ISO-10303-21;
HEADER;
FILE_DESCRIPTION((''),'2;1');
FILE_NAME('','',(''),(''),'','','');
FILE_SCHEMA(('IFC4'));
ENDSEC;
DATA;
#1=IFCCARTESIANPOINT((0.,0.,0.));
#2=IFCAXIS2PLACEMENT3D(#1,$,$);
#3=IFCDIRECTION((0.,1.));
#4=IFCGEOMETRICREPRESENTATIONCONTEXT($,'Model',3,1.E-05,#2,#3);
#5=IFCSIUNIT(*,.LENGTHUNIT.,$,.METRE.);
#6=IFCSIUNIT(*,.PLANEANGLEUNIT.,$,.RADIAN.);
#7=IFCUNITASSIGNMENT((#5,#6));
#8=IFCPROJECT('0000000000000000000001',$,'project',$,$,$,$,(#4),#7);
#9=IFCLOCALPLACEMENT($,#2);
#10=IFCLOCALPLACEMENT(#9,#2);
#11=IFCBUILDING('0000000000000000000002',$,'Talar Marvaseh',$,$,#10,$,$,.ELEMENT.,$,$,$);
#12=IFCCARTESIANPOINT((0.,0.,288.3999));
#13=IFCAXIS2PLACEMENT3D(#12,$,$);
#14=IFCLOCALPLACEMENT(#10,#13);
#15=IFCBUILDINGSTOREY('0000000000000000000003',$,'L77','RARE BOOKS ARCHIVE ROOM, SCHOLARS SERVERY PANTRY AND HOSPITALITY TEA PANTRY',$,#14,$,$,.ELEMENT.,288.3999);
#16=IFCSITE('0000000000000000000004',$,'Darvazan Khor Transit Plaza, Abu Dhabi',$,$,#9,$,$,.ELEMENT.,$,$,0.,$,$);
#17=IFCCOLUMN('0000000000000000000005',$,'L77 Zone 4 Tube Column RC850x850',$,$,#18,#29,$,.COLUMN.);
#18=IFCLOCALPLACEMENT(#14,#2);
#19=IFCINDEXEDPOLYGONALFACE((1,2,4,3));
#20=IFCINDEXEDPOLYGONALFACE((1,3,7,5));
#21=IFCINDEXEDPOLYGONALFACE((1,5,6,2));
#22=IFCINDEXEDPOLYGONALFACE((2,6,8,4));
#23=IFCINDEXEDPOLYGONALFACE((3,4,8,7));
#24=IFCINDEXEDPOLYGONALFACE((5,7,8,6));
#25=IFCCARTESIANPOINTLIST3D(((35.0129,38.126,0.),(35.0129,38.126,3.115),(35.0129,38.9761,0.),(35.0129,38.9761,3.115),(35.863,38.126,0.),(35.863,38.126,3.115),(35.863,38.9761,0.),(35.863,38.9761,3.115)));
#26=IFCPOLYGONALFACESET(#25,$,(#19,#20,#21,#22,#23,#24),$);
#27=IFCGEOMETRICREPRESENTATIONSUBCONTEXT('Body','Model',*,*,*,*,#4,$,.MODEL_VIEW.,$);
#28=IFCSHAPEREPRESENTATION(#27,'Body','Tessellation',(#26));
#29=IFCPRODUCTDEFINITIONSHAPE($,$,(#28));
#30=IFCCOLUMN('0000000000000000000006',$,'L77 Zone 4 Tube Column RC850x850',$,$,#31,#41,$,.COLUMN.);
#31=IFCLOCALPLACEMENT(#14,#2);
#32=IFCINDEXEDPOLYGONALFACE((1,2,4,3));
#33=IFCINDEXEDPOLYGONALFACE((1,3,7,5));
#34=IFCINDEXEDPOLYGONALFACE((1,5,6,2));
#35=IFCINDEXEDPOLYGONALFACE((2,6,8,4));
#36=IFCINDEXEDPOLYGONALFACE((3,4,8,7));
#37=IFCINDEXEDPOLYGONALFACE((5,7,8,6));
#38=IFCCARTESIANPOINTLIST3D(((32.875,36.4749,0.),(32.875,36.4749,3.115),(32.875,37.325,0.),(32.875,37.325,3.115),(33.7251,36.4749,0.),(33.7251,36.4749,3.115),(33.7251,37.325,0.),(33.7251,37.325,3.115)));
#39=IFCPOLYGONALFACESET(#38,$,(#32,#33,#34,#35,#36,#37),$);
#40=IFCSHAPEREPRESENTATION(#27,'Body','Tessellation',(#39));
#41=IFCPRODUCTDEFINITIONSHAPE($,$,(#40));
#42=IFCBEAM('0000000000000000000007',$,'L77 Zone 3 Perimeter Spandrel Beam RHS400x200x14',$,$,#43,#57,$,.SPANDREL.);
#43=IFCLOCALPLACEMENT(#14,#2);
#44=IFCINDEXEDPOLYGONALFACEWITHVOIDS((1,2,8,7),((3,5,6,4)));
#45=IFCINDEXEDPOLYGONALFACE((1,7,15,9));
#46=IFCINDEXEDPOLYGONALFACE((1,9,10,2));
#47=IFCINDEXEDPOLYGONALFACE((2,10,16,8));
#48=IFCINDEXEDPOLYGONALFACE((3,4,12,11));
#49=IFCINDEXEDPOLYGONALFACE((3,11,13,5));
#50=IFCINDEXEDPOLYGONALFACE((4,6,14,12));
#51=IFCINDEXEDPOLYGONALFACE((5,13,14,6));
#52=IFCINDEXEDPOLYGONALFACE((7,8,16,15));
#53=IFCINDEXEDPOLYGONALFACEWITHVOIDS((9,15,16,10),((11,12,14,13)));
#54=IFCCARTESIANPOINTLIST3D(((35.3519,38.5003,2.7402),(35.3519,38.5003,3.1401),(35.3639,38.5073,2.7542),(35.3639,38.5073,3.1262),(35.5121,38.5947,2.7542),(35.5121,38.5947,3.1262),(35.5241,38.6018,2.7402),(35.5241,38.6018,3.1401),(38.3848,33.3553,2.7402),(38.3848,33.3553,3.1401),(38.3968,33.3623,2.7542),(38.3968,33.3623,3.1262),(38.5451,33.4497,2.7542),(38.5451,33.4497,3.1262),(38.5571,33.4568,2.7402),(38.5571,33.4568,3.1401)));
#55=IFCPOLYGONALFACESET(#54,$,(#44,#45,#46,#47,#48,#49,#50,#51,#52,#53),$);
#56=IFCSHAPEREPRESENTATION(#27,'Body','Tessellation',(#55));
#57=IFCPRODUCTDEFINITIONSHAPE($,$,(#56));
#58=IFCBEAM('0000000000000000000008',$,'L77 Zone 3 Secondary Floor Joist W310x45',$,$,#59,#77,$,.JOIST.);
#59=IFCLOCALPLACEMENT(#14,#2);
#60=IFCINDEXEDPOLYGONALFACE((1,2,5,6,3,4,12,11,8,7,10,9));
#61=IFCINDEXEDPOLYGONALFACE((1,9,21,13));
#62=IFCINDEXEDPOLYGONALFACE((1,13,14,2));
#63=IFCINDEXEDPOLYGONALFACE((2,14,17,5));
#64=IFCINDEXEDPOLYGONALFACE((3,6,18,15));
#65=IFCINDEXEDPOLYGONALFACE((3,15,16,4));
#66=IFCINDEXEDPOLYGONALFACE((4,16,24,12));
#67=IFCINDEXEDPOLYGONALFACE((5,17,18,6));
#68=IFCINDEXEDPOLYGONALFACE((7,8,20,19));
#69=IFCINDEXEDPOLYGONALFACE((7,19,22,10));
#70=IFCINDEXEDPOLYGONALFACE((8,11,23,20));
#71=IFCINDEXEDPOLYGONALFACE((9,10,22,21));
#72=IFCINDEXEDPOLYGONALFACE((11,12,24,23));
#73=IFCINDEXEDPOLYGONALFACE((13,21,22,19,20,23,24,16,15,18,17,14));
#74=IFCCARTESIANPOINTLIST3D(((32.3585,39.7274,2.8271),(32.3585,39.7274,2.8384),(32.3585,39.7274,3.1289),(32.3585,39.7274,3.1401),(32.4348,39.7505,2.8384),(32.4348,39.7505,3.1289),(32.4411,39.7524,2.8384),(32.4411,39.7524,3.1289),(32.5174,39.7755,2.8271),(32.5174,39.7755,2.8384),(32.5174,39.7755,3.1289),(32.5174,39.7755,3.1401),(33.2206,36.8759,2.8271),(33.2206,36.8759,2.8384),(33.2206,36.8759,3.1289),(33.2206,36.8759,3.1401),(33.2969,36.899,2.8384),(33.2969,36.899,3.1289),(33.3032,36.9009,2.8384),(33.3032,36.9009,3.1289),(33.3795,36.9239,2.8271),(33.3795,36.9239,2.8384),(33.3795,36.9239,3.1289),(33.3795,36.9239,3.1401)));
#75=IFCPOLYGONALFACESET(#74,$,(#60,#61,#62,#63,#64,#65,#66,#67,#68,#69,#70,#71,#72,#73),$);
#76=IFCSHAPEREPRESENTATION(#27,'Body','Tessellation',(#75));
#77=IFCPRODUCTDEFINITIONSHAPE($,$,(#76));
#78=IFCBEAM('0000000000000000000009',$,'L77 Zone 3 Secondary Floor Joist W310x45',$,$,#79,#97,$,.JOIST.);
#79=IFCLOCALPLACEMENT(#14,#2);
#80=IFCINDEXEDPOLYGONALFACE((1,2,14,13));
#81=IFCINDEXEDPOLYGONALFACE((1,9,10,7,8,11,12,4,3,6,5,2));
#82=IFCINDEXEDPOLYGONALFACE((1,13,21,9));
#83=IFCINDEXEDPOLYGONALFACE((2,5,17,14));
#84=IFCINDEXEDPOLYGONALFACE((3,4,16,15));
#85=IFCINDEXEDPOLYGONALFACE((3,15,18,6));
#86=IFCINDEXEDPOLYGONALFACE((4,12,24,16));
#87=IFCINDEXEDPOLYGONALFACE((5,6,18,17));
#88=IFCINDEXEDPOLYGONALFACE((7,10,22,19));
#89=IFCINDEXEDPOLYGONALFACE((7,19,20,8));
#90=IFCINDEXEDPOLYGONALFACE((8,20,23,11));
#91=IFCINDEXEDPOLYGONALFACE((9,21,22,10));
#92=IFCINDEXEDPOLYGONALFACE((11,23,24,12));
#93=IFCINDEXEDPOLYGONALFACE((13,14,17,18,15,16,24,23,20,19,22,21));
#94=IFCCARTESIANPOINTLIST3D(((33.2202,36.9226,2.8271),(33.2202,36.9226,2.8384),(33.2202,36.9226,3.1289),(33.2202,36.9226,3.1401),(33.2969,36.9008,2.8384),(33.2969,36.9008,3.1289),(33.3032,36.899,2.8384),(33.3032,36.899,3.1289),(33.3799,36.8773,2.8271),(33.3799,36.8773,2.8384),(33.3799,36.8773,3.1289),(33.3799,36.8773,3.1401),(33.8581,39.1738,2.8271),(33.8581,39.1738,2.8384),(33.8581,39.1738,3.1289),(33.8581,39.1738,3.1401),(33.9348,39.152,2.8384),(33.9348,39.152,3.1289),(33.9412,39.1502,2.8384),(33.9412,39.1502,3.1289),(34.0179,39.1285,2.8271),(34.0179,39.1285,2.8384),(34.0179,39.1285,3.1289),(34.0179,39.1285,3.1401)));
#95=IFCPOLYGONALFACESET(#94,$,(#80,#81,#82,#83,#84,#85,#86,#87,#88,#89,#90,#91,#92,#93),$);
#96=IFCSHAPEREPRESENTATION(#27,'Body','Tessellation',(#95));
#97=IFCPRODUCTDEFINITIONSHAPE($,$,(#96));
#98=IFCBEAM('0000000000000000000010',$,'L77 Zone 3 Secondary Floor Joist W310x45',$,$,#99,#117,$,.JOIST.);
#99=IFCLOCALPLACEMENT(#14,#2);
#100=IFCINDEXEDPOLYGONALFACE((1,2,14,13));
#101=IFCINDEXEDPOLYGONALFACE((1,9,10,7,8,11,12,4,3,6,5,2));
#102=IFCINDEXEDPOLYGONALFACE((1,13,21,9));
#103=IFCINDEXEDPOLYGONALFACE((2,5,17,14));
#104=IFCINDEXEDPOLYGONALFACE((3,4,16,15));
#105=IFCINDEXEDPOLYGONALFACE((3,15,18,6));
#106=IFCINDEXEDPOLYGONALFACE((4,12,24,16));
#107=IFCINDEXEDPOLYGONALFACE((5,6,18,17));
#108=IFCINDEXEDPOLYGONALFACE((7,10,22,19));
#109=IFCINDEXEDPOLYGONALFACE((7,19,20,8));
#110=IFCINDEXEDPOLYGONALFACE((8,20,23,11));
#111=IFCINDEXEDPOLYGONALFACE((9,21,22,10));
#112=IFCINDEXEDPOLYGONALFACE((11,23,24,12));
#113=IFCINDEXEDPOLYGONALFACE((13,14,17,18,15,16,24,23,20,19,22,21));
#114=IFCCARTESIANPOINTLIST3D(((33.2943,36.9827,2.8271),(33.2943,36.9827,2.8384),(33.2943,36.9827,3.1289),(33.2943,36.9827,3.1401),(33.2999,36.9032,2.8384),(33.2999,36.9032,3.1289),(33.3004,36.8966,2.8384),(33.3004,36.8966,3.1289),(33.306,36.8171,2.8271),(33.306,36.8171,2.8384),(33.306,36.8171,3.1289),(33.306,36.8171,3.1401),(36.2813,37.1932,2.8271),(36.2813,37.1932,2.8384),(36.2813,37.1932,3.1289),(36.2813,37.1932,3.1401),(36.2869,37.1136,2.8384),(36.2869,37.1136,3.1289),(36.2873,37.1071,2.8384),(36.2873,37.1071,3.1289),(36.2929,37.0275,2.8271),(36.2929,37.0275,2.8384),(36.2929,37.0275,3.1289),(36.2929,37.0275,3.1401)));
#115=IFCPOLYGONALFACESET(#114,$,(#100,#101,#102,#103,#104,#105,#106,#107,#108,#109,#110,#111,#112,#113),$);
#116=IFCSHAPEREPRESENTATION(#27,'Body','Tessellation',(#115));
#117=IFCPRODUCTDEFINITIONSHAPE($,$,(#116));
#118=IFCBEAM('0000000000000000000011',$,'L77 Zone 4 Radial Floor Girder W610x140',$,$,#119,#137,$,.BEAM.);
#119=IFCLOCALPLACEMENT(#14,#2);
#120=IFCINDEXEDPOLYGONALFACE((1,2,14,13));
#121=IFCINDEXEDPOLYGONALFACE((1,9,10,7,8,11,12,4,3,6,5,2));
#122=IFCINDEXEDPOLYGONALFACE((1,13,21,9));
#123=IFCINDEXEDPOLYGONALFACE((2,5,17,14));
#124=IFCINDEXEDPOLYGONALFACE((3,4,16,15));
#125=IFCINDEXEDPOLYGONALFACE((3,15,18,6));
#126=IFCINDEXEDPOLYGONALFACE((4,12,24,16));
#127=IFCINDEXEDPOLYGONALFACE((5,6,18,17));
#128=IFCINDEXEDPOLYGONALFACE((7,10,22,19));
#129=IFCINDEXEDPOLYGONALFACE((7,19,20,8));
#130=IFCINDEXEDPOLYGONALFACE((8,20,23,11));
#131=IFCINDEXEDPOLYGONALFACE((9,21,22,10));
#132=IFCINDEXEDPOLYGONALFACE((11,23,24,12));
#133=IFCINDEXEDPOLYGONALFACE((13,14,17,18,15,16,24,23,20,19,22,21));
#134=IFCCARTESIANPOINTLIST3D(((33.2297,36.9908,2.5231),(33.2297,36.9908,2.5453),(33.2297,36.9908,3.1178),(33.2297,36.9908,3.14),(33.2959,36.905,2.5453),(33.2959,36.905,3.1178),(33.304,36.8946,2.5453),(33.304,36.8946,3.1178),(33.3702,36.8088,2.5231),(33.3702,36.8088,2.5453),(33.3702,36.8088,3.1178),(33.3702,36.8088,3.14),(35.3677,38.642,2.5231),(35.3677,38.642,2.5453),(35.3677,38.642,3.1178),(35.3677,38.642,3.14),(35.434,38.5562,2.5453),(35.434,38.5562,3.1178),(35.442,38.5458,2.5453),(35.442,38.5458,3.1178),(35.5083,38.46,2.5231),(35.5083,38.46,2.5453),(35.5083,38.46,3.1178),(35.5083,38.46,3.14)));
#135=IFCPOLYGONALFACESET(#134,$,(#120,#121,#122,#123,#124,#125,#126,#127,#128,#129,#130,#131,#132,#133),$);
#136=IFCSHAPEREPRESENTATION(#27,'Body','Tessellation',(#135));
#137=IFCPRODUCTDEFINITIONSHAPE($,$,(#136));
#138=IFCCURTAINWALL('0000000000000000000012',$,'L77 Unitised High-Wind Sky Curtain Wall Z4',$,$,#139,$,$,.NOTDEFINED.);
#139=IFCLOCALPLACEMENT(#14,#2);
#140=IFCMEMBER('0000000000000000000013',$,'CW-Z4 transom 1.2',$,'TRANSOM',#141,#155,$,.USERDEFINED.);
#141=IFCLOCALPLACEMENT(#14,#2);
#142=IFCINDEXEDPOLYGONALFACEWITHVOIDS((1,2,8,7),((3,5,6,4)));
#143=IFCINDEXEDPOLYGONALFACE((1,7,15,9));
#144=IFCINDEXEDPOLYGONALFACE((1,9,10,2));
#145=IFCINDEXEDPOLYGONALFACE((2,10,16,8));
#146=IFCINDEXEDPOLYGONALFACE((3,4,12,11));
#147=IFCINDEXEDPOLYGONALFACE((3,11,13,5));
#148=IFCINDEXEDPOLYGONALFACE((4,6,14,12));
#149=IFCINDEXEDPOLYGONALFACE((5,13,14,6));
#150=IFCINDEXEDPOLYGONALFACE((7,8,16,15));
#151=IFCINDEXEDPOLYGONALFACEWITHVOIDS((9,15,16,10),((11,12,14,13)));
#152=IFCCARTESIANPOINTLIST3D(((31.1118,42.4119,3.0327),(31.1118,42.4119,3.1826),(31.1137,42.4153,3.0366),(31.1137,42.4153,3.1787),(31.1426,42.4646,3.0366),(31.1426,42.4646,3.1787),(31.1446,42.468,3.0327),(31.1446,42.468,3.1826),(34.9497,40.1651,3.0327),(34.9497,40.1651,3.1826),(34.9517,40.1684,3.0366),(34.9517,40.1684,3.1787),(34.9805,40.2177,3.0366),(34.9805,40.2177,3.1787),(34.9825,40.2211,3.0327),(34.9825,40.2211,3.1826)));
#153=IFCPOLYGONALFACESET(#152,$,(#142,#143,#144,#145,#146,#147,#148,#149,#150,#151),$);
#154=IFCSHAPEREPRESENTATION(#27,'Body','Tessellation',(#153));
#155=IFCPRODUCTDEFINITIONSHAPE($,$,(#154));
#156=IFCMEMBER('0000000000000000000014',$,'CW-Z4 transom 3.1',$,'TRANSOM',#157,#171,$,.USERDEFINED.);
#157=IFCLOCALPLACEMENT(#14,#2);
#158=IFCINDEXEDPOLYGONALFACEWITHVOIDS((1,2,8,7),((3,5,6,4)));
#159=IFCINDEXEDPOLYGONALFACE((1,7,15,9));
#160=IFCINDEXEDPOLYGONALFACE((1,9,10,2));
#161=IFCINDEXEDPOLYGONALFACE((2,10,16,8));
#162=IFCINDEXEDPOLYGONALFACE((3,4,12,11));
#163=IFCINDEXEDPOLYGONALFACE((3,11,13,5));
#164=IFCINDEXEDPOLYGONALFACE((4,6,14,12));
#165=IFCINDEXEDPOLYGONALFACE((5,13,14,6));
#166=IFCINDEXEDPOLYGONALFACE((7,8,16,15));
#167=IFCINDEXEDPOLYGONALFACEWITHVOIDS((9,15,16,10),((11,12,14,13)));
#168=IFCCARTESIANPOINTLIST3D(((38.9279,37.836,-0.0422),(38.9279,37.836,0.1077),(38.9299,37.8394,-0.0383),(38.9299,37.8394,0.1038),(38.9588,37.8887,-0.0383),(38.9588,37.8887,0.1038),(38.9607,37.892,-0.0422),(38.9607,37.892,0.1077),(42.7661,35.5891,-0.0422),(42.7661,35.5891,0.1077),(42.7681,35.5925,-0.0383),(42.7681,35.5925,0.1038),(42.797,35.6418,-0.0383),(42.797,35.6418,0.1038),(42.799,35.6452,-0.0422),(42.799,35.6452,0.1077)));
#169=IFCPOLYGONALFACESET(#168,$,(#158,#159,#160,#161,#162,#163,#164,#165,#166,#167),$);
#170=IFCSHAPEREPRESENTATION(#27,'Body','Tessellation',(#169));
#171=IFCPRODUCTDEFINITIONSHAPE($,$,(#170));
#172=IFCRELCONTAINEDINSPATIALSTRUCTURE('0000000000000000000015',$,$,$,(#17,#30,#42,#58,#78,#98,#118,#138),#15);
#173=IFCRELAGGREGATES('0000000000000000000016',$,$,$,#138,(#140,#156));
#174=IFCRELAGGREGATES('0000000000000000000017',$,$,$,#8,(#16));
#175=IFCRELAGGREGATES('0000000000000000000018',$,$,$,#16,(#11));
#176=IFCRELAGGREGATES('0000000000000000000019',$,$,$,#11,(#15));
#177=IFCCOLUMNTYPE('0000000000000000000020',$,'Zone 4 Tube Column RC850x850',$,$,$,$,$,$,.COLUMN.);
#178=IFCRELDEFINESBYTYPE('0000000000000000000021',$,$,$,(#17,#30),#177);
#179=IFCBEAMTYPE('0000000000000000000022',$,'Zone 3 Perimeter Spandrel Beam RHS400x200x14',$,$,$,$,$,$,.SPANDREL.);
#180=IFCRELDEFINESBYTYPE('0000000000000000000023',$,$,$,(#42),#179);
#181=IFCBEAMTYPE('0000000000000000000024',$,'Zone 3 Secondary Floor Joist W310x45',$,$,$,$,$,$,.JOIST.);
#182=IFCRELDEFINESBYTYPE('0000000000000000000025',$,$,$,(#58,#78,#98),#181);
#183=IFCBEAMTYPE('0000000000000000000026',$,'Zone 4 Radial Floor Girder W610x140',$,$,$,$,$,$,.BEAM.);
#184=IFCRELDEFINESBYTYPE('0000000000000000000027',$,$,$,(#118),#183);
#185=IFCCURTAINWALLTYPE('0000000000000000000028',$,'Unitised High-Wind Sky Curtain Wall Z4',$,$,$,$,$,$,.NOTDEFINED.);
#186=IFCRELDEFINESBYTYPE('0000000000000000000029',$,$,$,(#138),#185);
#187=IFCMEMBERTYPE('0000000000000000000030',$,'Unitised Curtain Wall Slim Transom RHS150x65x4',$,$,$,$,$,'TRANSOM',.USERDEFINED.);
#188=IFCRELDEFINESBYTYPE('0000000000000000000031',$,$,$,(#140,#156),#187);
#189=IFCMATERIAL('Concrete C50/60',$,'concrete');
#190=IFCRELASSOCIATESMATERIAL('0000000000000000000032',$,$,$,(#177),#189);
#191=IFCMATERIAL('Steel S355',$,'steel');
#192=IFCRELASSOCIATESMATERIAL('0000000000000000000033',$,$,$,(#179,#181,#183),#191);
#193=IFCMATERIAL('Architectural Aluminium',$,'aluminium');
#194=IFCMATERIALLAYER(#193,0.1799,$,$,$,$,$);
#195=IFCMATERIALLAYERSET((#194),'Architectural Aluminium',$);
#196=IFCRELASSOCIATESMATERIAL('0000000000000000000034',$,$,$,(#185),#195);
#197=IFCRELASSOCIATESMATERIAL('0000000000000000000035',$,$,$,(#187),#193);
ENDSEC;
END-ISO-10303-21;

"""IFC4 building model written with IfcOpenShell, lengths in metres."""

from ifc_helpers import new_model, si_unit, direction, frame, origin, origin_2d, place, context, subcontext, project, spatial, rectangle, hollow_rectangle, i_section, extrude, source, transform, mapped, material, layer, layer_set, material_profile, profile_set, type_object, element, aggregate, save


model = new_model("IFC4")

# Units and contexts
model_context = context("Model", 3, precision=1e-05, world=origin(), true_north=direction((0.0, 1.0)))
body_context = subcontext(model_context, "Body", "Model", "MODEL_VIEW")
ifc_project = project(units=[si_unit("LENGTHUNIT", "METRE"), si_unit("PLANEANGLEUNIT", "RADIAN")], contexts=[model_context])

# Site, building, storey
site_placement = place(None, origin())
site = spatial("IfcSite", under=ifc_project, at=site_placement, Name="Darvazan Khor Transit Plaza, Abu Dhabi", CompositionType="ELEMENT", RefElevation=0.0)
building_placement = place(site_placement, origin())
building = spatial("IfcBuilding", under=site, at=building_placement, Name="Talar Marvaseh", CompositionType="ELEMENT")
storey_placement = place(building_placement, frame((0.0, 0.0, 288.3999)))
storey = spatial("IfcBuildingStorey", under=building, at=storey_placement, Name="L77", Description="RARE BOOKS ARCHIVE ROOM, SCHOLARS SERVERY PANTRY AND HOSPITALITY TEA PANTRY", CompositionType="ELEMENT", Elevation=288.3999)

# Columns
ifc_material_1 = material(Name="Concrete C50/60", Category="concrete")
ifc_material_profile_1 = material_profile(ifc_material_1, rectangle(XDim=0.8501, YDim=0.8501, at=origin_2d()), Name="RC850x850")
ifc_profile_set_1 = profile_set([ifc_material_profile_1], Name="Concrete C50/60")
column_type = type_object("IfcColumnType", Name="Zone 4 Tube Column RC850x850", PredefinedType="COLUMN", material=ifc_profile_set_1)
for number, where, z_axis, x_axis, name in (
    (1, (35.438, 38.551, 0.0), (0.0, 0.0, 1.0), (1.0, 0.0, 0.0), "L77 Zone 4 Tube Column RC850x850"),
    (2, (33.3, 36.8999, 0.0), (0.0, 0.0, 1.0), (1.0, 0.0, 0.0), "L77 Zone 4 Tube Column RC850x850"),
):
    element("IfcColumn", number, at=place(storey_placement, frame(where, z_axis=z_axis, x_axis=x_axis)), inside=storey, type_object=column_type, Name=name, PredefinedType="COLUMN", context=body_context, shape_type="SweptSolid", body=[
        extrude(rectangle(XDim=0.8501, YDim=0.8501, at=origin_2d()), origin(), (0.0, 0.0, 1.0), 3.115),
    ])

# Beams
ifc_material_2 = material(Name="Steel S355", Category="steel")
ifc_material_profile_2 = material_profile(ifc_material_2, hollow_rectangle(XDim=0.2, YDim=0.3999, WallThickness=0.0139, at=origin_2d()), Name="RHS400x200x14")
ifc_profile_set_2 = profile_set([ifc_material_profile_2], Name="Steel S355")
beam_type_1 = type_object("IfcBeamType", Name="Zone 3 Perimeter Spandrel Beam RHS400x200x14", PredefinedType="SPANDREL", material=ifc_profile_set_2)
beam_1_placement = place(storey_placement, frame((35.438, 38.551, 2.9402), z_axis=(0.507826, -0.86146, 0.0), x_axis=(0.86146, 0.507826, 0.0)))
element("IfcBeam", 3, at=beam_1_placement, inside=storey, type_object=beam_type_1, Name="L77 Zone 3 Perimeter Spandrel Beam RHS400x200x14", PredefinedType="SPANDREL", context=body_context, shape_type="SweptSolid", body=[
    extrude(hollow_rectangle(XDim=0.2, YDim=0.3999, WallThickness=0.0139, at=origin_2d()), origin(), (0.0, 0.0, 1.0), 5.9724),
])
ifc_material_profile_3 = material_profile(ifc_material_2, i_section(OverallWidth=0.166, OverallDepth=0.313, WebThickness=0.0066, FlangeThickness=0.0112, at=origin_2d()), Name="W310x45")
ifc_profile_set_3 = profile_set([ifc_material_profile_3], Name="Steel S355")
beam_type_2 = type_object("IfcBeamType", Name="Zone 3 Secondary Floor Joist W310x45", PredefinedType="JOIST", material=ifc_profile_set_3)
beam_2_placement = place(storey_placement, frame((32.438, 39.7515, 2.9836), z_axis=(0.289377, -0.957215, 0.0), x_axis=(0.957215, 0.289377, 0.0)))
element("IfcBeam", 4, at=beam_2_placement, inside=storey, type_object=beam_type_2, Name="L77 Zone 3 Secondary Floor Joist W310x45", PredefinedType="JOIST", context=body_context, shape_type="SweptSolid", body=[
    extrude(i_section(OverallWidth=0.166, OverallDepth=0.313, WebThickness=0.0066, FlangeThickness=0.0112, at=origin_2d()), origin(), (0.0, 0.0, 1.0), 2.979),
])
beam_3_placement = place(storey_placement, frame((33.938, 39.1511, 2.9836), z_axis=(-0.27264, -0.962116, 0.0), x_axis=(0.962116, -0.27264, 0.0)))
element("IfcBeam", 5, at=beam_3_placement, inside=storey, type_object=beam_type_2, Name="L77 Zone 3 Secondary Floor Joist W310x45", PredefinedType="JOIST", context=body_context, shape_type="SweptSolid", body=[
    extrude(i_section(OverallWidth=0.166, OverallDepth=0.313, WebThickness=0.0066, FlangeThickness=0.0112, at=origin_2d()), origin(), (0.0, 0.0, 1.0), 2.3398),
])
beam_4_placement = place(storey_placement, frame((36.2871, 37.1104, 2.9836), z_axis=(-0.997527, -0.070279, 0.0), x_axis=(0.070279, -0.997527, 0.0)))
element("IfcBeam", 6, at=beam_4_placement, inside=storey, type_object=beam_type_2, Name="L77 Zone 3 Secondary Floor Joist W310x45", PredefinedType="JOIST", context=body_context, shape_type="SweptSolid", body=[
    extrude(i_section(OverallWidth=0.166, OverallDepth=0.313, WebThickness=0.0066, FlangeThickness=0.0112, at=origin_2d()), origin(), (0.0, 0.0, 1.0), 2.9944),
])
ifc_material_profile_4 = material_profile(ifc_material_2, i_section(OverallWidth=0.23, OverallDepth=0.6169, WebThickness=0.0132, FlangeThickness=0.0222, at=origin_2d()), Name="W610x140")
ifc_profile_set_4 = profile_set([ifc_material_profile_4], Name="Steel S355")
beam_type_3 = type_object("IfcBeamType", Name="Zone 4 Radial Floor Girder W610x140", PredefinedType="BEAM", material=ifc_profile_set_4)
beam_5_placement = place(storey_placement, frame((35.438, 38.551, 2.8315), z_axis=(-0.79145, -0.611234, 0.0), x_axis=(0.611234, -0.79145, 0.0)))
element("IfcBeam", 7, at=beam_5_placement, inside=storey, type_object=beam_type_3, Name="L77 Zone 4 Radial Floor Girder W610x140", PredefinedType="BEAM", context=body_context, shape_type="SweptSolid", body=[
    extrude(i_section(OverallWidth=0.23, OverallDepth=0.6169, WebThickness=0.0132, FlangeThickness=0.0222, at=origin_2d()), origin(), (0.0, 0.0, 1.0), 2.7014),
])

# Curtain wall, members
ifc_material_3 = material(Name="Architectural Aluminium", Category="aluminium")
ifc_layer_1 = layer(ifc_material_3, 0.1799)
ifc_layer_set_1 = layer_set([ifc_layer_1], Name="Architectural Aluminium")
curtain_wall_type = type_object("IfcCurtainWallType", Name="Unitised High-Wind Sky Curtain Wall Z4", PredefinedType="NOTDEFINED", material=ifc_layer_set_1)
curtain_wall_placement = place(storey_placement, origin())
curtain_wall = element("IfcCurtainWall", 8, at=curtain_wall_placement, inside=storey, type_object=curtain_wall_type, Name="L77 Unitised High-Wind Sky Curtain Wall Z4", PredefinedType="NOTDEFINED")
ifc_material_profile_5 = material_profile(ifc_material_3, hollow_rectangle(XDim=0.0649, YDim=0.1499, WallThickness=0.0039, at=origin_2d()), Name="RHS150x65x4")
ifc_profile_set_5 = profile_set([ifc_material_profile_5], Name="Architectural Aluminium")
member_type_1 = type_object("IfcMemberType", Name="Unitised Curtain Wall Slim Transom RHS150x65x4", ElementType="TRANSOM", PredefinedType="USERDEFINED", material=ifc_profile_set_5)
shared_shape_1 = source(origin(), body_context, "Body", "SweptSolid", [
    extrude(hollow_rectangle(XDim=0.0649, YDim=0.1499, WallThickness=0.0039, at=origin_2d()), origin(), (0.0, 0.0, 1.0), 4.4473),
])
member_1_placement = place(storey_placement, frame((31.1282, 42.4399, 3.1077), z_axis=(0.862989, -0.505222, 0.0), x_axis=(0.505222, 0.862989, 0.0)))
member_1 = element("IfcMember", 9, at=member_1_placement, type_object=member_type_1, Name="CW-Z4 transom 1.2", ObjectType="TRANSOM", PredefinedType="USERDEFINED", context=body_context, shape_type="MappedRepresentation", body=[
    mapped(shared_shape_1, transform((0.0, 0.0, 0.0), x_axis=(1.0, 0.0, 0.0), y_axis=(0.0, 1.0, 0.0), z_axis=(0.0, 0.0, 1.0), scale=1.0)),
])
shared_shape_2 = source(origin(), body_context, "Body", "SweptSolid", [
    extrude(hollow_rectangle(XDim=0.0649, YDim=0.1499, WallThickness=0.0039, at=origin_2d()), origin(), (0.0, 0.0, 1.0), 4.4475),
])
member_2_placement = place(storey_placement, frame((38.9443, 37.864, 0.0327), z_axis=(0.863003, -0.505198, 0.0), x_axis=(0.505198, 0.863003, 0.0)))
member_2 = element("IfcMember", 10, at=member_2_placement, type_object=member_type_1, Name="CW-Z4 transom 3.1", ObjectType="TRANSOM", PredefinedType="USERDEFINED", context=body_context, shape_type="MappedRepresentation", body=[
    mapped(shared_shape_2, transform((0.0, 0.0, 0.0), x_axis=(1.0, 0.0, 0.0), y_axis=(0.0, 1.0, 0.0), z_axis=(0.0, 0.0, 1.0), scale=1.0)),
])
aggregate(curtain_wall, [member_1, member_2])

save(model, "model.ifc")
